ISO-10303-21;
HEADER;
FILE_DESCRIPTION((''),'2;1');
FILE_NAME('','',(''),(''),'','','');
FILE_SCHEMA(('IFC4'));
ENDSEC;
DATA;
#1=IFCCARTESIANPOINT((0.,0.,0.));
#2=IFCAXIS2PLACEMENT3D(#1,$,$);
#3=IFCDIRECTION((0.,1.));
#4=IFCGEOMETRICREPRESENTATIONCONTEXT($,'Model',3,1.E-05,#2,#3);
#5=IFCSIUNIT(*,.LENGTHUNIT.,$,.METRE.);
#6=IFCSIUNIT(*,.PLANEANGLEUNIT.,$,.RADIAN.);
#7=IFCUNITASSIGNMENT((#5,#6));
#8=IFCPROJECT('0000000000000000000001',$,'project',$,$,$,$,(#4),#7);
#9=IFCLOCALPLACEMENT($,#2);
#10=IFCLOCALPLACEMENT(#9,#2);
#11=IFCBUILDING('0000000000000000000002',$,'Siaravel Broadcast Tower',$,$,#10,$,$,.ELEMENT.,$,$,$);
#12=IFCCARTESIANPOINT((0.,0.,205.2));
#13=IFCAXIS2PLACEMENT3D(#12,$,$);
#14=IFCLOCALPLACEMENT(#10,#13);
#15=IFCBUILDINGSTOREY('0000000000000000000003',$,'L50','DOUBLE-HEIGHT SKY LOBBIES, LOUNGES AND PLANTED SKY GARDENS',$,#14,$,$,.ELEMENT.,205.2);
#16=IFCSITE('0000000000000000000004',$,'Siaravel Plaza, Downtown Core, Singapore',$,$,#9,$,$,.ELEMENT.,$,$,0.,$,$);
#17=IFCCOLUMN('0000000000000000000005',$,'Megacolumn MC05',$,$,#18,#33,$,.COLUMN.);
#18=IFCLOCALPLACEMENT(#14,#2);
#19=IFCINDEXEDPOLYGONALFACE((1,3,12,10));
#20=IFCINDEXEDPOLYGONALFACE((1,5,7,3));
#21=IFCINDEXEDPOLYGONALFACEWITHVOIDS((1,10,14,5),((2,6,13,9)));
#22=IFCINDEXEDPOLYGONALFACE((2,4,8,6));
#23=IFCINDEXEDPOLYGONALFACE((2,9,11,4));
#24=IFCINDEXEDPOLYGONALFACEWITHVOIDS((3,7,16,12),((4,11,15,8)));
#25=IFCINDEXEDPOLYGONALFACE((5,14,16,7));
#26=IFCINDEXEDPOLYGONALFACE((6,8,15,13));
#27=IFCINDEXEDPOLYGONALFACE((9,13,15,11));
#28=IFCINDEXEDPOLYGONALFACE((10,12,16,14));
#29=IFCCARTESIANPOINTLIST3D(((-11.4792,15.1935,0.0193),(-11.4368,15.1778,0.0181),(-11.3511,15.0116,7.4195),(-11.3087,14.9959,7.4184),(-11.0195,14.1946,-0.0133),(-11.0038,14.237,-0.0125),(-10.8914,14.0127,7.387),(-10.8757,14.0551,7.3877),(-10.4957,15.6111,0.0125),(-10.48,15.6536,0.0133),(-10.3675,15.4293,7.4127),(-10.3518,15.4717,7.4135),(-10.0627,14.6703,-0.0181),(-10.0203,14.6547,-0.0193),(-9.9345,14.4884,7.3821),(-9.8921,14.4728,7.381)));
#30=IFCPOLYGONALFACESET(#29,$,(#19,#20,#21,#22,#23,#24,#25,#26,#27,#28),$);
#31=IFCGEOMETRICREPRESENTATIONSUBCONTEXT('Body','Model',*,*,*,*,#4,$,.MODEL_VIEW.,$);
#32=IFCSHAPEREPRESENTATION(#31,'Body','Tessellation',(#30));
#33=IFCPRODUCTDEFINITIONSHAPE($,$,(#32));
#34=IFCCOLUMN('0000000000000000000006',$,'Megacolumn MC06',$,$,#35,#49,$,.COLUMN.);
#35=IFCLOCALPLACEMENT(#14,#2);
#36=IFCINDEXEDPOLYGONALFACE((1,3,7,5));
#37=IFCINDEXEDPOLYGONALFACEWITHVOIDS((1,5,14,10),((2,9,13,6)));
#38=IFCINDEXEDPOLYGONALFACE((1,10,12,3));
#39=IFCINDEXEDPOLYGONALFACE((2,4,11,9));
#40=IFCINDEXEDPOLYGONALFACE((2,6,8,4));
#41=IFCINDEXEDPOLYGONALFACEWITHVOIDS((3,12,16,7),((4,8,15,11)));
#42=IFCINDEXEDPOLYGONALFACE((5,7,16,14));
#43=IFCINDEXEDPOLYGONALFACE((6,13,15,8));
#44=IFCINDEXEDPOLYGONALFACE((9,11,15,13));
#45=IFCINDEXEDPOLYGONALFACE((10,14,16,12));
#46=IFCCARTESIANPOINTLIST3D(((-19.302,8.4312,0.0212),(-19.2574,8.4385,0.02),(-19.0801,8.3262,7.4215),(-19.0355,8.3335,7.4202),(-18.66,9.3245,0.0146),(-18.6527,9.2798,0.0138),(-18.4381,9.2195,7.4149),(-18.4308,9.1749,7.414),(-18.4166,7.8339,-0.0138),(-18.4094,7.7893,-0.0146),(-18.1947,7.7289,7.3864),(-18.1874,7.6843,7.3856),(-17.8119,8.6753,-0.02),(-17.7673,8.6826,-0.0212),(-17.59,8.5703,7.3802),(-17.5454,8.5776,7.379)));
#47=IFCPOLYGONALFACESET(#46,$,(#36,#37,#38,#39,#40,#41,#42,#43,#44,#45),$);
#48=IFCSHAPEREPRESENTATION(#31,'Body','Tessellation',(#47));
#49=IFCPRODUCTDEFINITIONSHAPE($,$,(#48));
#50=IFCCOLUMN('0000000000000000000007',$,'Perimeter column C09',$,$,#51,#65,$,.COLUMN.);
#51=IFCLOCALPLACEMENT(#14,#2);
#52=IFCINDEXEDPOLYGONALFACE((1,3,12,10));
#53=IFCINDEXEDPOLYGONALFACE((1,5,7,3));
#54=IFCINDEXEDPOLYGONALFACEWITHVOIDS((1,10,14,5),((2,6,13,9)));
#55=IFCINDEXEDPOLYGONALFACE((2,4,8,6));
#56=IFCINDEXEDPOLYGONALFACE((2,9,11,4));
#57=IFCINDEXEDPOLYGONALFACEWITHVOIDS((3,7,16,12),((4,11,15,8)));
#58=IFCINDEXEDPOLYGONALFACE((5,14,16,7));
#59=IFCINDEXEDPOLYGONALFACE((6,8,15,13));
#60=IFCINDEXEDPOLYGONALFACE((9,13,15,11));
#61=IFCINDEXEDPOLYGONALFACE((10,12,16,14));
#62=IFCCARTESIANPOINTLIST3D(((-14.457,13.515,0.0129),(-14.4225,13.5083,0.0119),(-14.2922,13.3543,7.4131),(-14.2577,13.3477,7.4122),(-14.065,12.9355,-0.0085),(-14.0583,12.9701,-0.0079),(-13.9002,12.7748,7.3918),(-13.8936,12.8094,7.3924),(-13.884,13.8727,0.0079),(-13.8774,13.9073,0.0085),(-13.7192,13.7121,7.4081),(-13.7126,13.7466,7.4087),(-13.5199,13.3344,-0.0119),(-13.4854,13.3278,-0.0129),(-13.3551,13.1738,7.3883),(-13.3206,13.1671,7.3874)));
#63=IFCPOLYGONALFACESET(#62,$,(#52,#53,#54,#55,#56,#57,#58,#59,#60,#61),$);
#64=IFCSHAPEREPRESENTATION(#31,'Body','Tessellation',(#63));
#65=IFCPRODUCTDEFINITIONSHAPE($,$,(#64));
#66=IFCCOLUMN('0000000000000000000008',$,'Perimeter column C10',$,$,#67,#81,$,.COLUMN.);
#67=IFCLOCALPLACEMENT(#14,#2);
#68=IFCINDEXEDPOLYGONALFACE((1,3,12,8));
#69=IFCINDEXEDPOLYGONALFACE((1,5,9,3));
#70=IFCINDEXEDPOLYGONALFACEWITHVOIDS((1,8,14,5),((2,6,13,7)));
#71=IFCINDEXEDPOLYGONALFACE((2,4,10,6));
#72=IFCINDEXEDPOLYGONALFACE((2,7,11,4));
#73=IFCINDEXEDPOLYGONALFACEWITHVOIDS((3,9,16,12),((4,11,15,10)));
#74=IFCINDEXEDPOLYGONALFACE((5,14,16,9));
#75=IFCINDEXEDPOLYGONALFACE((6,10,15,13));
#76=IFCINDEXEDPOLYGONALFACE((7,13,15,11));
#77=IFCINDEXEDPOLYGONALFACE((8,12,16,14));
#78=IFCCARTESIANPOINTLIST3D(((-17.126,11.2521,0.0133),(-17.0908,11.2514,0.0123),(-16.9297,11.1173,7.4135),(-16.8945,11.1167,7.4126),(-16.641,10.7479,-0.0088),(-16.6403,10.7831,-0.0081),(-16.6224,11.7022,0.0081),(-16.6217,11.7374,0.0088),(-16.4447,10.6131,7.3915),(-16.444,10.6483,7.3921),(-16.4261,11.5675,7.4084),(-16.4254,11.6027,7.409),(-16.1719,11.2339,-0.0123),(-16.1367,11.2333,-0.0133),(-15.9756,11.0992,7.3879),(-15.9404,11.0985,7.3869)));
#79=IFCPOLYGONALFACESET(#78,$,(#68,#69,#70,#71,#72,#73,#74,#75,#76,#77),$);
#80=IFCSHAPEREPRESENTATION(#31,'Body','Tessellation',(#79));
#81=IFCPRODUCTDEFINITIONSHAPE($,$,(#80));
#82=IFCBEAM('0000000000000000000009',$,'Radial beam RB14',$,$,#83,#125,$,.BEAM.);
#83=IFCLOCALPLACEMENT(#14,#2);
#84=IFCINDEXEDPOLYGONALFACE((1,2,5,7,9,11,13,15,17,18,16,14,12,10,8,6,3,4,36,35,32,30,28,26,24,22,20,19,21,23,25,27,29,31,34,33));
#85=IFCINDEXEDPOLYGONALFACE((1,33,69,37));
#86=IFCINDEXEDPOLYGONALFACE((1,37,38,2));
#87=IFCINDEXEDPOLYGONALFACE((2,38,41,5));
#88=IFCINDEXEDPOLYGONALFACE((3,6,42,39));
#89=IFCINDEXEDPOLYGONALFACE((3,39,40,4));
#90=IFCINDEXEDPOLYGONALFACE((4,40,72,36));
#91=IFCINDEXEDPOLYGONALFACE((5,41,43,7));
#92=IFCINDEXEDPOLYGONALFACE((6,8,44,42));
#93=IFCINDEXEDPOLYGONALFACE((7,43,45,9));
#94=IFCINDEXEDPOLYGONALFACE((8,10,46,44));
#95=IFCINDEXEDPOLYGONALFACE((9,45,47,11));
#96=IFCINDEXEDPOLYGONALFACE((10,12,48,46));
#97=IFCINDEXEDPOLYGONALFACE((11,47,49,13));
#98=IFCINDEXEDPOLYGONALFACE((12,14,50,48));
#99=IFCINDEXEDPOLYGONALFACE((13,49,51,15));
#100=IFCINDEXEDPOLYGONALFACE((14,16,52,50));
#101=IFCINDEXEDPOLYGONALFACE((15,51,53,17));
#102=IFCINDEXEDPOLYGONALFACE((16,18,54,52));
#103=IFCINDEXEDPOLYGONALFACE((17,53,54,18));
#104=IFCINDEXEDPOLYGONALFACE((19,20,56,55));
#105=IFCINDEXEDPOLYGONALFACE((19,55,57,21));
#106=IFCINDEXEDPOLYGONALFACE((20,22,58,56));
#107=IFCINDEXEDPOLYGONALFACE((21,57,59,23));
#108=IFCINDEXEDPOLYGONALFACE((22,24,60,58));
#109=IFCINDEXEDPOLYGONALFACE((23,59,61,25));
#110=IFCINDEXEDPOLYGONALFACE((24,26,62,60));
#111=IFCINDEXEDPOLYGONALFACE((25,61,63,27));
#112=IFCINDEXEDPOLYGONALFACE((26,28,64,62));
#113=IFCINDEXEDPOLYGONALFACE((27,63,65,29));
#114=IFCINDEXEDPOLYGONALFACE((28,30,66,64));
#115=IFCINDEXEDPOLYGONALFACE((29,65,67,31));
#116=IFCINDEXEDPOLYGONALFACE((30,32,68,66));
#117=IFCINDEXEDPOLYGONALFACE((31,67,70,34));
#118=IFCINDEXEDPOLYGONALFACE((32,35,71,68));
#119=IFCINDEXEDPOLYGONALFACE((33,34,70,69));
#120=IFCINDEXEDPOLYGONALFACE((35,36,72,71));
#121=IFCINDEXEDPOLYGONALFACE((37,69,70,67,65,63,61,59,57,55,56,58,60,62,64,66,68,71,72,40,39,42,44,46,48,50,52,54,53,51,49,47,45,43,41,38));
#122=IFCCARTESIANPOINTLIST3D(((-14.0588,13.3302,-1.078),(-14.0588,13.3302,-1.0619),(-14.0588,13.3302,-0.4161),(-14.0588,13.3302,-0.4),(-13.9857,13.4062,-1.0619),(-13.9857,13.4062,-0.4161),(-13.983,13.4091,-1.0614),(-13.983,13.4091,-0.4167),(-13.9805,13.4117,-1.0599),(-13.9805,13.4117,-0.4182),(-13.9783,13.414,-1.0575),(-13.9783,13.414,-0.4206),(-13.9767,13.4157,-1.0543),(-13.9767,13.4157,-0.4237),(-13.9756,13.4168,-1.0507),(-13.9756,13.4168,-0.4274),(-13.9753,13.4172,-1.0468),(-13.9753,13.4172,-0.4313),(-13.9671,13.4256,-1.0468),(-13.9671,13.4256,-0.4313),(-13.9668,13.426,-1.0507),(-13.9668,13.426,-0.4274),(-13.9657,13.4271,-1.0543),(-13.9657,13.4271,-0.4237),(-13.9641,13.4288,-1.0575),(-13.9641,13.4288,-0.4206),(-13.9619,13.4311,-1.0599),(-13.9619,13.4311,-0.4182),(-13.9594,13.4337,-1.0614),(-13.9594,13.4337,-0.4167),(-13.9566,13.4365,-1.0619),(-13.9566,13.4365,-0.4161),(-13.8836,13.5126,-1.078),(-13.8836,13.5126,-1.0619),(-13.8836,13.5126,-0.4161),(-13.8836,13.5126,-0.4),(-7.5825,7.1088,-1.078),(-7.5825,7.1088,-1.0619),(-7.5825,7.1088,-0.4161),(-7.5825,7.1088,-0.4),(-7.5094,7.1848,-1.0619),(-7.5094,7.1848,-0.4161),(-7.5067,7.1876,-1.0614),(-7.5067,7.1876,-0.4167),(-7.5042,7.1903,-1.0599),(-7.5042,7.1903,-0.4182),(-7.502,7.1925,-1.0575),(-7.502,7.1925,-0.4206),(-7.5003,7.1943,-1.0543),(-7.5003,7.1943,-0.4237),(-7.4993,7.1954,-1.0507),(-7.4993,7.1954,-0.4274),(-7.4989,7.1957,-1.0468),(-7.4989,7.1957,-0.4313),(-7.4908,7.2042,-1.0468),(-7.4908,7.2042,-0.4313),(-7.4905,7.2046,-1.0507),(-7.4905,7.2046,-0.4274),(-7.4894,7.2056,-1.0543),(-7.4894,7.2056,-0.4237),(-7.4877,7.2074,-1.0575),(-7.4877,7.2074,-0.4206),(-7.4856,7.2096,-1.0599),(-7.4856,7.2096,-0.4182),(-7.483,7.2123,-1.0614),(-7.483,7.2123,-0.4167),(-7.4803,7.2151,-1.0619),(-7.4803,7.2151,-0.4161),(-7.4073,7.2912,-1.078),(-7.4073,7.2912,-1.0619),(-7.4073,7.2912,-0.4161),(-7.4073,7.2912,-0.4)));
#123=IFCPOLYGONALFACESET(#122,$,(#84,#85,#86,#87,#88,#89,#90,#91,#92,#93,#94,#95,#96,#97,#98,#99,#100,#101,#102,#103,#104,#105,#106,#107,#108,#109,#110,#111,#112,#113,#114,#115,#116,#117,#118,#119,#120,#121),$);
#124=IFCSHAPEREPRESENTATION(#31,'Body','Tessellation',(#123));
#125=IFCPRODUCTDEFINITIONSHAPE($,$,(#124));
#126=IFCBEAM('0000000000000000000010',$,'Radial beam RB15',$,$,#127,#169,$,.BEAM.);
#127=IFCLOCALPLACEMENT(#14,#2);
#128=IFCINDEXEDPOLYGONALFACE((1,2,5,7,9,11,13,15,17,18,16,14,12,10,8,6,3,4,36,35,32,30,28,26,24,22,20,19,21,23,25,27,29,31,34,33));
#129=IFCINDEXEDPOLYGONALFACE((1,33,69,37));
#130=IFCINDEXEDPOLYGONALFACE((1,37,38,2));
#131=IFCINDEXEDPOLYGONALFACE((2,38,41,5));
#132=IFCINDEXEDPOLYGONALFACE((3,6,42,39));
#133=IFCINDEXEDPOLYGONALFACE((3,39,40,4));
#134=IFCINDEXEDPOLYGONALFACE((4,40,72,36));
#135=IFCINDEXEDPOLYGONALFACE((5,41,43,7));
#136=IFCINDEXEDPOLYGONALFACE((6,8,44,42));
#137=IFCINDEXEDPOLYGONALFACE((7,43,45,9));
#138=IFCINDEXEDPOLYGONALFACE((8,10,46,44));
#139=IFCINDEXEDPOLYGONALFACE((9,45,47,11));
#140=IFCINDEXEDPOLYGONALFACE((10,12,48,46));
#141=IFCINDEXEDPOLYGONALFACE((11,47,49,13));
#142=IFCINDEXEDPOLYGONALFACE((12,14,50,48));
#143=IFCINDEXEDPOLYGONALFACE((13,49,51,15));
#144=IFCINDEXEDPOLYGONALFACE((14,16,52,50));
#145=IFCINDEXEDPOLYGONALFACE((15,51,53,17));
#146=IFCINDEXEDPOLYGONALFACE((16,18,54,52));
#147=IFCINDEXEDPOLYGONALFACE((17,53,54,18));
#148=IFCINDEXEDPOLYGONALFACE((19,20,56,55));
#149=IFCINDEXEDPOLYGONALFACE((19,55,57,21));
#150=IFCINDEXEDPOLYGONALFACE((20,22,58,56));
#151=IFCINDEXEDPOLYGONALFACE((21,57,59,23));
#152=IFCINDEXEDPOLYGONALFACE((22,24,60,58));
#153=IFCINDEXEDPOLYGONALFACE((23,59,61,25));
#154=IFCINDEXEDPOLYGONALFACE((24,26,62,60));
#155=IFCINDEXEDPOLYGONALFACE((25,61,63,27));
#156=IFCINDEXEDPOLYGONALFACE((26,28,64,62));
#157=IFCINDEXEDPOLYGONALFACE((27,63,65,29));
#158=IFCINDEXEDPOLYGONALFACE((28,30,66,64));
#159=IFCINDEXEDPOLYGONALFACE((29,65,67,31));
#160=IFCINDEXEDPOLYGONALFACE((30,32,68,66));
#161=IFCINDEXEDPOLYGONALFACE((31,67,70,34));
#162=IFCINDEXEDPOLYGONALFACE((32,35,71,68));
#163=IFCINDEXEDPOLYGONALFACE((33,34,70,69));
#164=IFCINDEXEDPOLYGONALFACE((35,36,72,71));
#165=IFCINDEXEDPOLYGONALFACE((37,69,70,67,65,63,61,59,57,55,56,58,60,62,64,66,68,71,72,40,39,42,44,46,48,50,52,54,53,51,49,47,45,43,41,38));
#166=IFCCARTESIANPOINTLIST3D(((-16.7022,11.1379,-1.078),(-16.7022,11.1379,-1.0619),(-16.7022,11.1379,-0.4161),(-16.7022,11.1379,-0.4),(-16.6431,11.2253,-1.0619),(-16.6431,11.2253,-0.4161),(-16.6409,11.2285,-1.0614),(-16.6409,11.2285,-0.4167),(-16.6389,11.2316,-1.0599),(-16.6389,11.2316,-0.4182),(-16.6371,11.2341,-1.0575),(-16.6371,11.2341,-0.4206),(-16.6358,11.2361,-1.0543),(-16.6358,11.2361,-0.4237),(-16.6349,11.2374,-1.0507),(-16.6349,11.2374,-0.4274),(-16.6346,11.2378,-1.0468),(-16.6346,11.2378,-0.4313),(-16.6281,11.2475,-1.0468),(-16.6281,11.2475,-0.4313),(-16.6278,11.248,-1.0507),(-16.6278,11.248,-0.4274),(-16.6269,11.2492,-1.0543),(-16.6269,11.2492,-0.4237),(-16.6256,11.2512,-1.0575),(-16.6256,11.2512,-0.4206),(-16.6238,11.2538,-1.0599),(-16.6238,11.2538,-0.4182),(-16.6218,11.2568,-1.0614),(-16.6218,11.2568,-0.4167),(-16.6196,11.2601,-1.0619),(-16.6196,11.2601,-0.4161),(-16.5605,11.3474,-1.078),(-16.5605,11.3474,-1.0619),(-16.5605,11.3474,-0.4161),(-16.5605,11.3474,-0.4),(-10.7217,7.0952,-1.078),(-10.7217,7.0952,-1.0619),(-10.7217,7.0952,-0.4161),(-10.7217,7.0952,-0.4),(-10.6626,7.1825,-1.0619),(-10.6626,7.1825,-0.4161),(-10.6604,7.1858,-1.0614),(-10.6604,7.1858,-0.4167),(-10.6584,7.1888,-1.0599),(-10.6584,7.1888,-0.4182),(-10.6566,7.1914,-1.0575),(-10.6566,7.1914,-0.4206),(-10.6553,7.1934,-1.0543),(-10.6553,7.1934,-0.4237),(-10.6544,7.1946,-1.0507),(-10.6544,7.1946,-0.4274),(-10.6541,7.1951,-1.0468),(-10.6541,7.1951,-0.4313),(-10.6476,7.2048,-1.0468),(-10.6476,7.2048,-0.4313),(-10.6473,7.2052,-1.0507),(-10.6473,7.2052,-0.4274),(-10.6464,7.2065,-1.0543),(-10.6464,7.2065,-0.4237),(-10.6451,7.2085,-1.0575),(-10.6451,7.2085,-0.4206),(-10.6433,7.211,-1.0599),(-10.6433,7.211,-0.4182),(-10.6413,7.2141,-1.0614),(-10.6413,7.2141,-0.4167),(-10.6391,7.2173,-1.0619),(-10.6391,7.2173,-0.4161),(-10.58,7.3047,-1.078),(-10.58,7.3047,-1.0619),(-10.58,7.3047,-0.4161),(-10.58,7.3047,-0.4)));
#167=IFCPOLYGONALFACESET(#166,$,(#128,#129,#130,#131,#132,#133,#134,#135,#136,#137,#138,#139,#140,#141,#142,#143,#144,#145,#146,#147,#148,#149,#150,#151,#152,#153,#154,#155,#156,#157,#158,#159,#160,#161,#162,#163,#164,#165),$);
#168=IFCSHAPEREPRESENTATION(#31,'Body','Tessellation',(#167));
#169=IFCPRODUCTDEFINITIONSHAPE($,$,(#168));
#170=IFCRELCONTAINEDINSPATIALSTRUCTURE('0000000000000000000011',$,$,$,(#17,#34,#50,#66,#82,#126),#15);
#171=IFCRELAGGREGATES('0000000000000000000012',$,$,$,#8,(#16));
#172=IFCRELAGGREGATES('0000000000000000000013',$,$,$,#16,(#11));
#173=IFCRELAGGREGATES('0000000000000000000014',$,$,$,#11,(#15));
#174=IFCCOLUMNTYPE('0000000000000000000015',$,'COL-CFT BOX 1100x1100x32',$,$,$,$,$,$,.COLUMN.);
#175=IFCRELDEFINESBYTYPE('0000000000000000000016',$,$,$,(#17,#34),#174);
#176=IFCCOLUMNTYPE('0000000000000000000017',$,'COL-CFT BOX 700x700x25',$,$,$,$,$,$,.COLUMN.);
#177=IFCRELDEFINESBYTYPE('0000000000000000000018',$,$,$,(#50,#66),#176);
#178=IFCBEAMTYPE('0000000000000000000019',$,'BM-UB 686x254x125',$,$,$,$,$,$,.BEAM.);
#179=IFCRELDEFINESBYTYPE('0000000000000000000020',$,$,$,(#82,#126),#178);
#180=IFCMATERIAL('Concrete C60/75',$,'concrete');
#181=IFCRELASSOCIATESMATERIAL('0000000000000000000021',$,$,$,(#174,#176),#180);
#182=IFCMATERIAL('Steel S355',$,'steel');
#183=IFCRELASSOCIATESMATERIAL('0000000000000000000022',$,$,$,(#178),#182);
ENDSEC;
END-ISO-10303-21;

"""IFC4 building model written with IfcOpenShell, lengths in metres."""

from ifc_helpers import new_model, si_unit, direction, frame, origin, origin_2d, place, context, subcontext, project, spatial, hollow_rectangle, i_section, extrude, material, material_profile, profile_set, type_object, element, save


model = new_model("IFC4")

# Units and contexts
model_context = context("Model", 3, precision=1e-05, world=origin(), true_north=direction((0.0, 1.0)))
body_context = subcontext(model_context, "Body", "Model", "MODEL_VIEW")
ifc_project = project(units=[si_unit("LENGTHUNIT", "METRE"), si_unit("PLANEANGLEUNIT", "RADIAN")], contexts=[model_context])

# Site, building, storey
site_placement = place(None, origin())
site = spatial("IfcSite", under=ifc_project, at=site_placement, Name="Siaravel Plaza, Downtown Core, Singapore", CompositionType="ELEMENT", RefElevation=0.0)
building_placement = place(site_placement, origin())
building = spatial("IfcBuilding", under=site, at=building_placement, Name="Siaravel Broadcast Tower", CompositionType="ELEMENT")
storey_placement = place(building_placement, frame((0.0, 0.0, 205.2)))
storey = spatial("IfcBuildingStorey", under=building, at=storey_placement, Name="L50", Description="DOUBLE-HEIGHT SKY LOBBIES, LOUNGES AND PLANTED SKY GARDENS", CompositionType="ELEMENT", Elevation=205.2)

# Columns
ifc_material_1 = material(Name="Concrete C60/75", Category="concrete")
ifc_material_profile_1 = material_profile(ifc_material_1, hollow_rectangle(XDim=1.1001, YDim=1.1001, WallThickness=0.032, at=origin_2d()))
ifc_profile_set_1 = profile_set([ifc_material_profile_1], Name="Concrete C60/75")
column_type_1 = type_object("IfcColumnType", Name="COL-CFT BOX 1100x1100x32", PredefinedType="COLUMN", material=ifc_profile_set_1)
column_1_placement = place(storey_placement, frame((-10.7498, 14.9241, 0.0), z_axis=(0.017313, -0.024567, 0.999548), x_axis=(0.908335, 0.418208, -0.005454)))
element("IfcColumn", 1, at=column_1_placement, inside=storey, type_object=column_type_1, Name="Megacolumn MC05", PredefinedType="COLUMN", context=body_context, shape_type="SweptSolid", body=[
    extrude(hollow_rectangle(XDim=1.1001, YDim=1.1001, WallThickness=0.032, at=origin_2d()), origin(), (0.0, 0.0, 1.0), 7.4036),
])
column_2_placement = place(storey_placement, frame((-18.5347, 8.5569, 0.0), z_axis=(0.029973, -0.014178, 0.99945), x_axis=(0.583641, 0.81199, -0.005984)))
element("IfcColumn", 2, at=column_2_placement, inside=storey, type_object=column_type_1, Name="Megacolumn MC06", PredefinedType="COLUMN", context=body_context, shape_type="SweptSolid", body=[
    extrude(hollow_rectangle(XDim=1.1001, YDim=1.1001, WallThickness=0.032, at=origin_2d()), origin(), (0.0, 0.0, 1.0), 7.4043),
])
ifc_material_profile_2 = material_profile(ifc_material_1, hollow_rectangle(XDim=0.7, YDim=0.7, WallThickness=0.0249, at=origin_2d()))
ifc_profile_set_2 = profile_set([ifc_material_profile_2], Name="Concrete C60/75")
column_type_2 = type_object("IfcColumnType", Name="COL-CFT BOX 700x700x25", PredefinedType="COLUMN", material=ifc_profile_set_2)
column_3_placement = place(storey_placement, frame((-13.9712, 13.4214, 0.0), z_axis=(0.022258, -0.021698, 0.999517), x_axis=(0.82816, 0.560457, -0.006276)))
element("IfcColumn", 3, at=column_3_placement, inside=storey, type_object=column_type_2, Name="Perimeter column C09", PredefinedType="COLUMN", context=body_context, shape_type="SweptSolid", body=[
    extrude(hollow_rectangle(XDim=0.7, YDim=0.7, WallThickness=0.0249, at=origin_2d()), origin(), (0.0, 0.0, 1.0), 7.4038),
])
column_4_placement = place(storey_placement, frame((-16.6313, 11.2427, 0.0), z_axis=(0.026511, -0.018202, 0.999483), x_axis=(0.720516, 0.693408, -0.006484)))
element("IfcColumn", 4, at=column_4_placement, inside=storey, type_object=column_type_2, Name="Perimeter column C10", PredefinedType="COLUMN", context=body_context, shape_type="SweptSolid", body=[
    extrude(hollow_rectangle(XDim=0.7, YDim=0.7, WallThickness=0.0249, at=origin_2d()), origin(), (0.0, 0.0, 1.0), 7.4041),
])

# Beams
ifc_material_2 = material(Name="Steel S355", Category="steel")
ifc_material_profile_3 = material_profile(ifc_material_2, i_section(OverallWidth=0.2529, OverallDepth=0.678, WebThickness=0.0117, FlangeThickness=0.0161, FilletRadius=0.0151, at=origin_2d()))
ifc_profile_set_3 = profile_set([ifc_material_profile_3], Name="Steel S355")
beam_type = type_object("IfcBeamType", Name="BM-UB 686x254x125", PredefinedType="BEAM", material=ifc_profile_set_3)
beam_1_placement = place(storey_placement, frame((-13.9712, 13.4214, -0.739), z_axis=(0.721155, -0.692773, 0.0), x_axis=(0.692773, 0.721155, 0.0)))
element("IfcBeam", 5, at=beam_1_placement, inside=storey, type_object=beam_type, Name="Radial beam RB14", PredefinedType="BEAM", context=body_context, shape_type="SweptSolid", body=[
    extrude(i_section(OverallWidth=0.2529, OverallDepth=0.678, WebThickness=0.0117, FlangeThickness=0.0161, FilletRadius=0.0151, at=origin_2d()), origin(), (0.0, 0.0, 1.0), 8.9805),
])
beam_2_placement = place(storey_placement, frame((-16.6313, 11.2427, -0.739), z_axis=(0.828469, -0.560035, 0.0), x_axis=(0.560035, 0.828469, 0.0)))
element("IfcBeam", 6, at=beam_2_placement, inside=storey, type_object=beam_type, Name="Radial beam RB15", PredefinedType="BEAM", context=body_context, shape_type="SweptSolid", body=[
    extrude(i_section(OverallWidth=0.2529, OverallDepth=0.678, WebThickness=0.0117, FlangeThickness=0.0161, FilletRadius=0.0151, at=origin_2d()), origin(), (0.0, 0.0, 1.0), 7.2188),
])

save(model, "model.ifc")
